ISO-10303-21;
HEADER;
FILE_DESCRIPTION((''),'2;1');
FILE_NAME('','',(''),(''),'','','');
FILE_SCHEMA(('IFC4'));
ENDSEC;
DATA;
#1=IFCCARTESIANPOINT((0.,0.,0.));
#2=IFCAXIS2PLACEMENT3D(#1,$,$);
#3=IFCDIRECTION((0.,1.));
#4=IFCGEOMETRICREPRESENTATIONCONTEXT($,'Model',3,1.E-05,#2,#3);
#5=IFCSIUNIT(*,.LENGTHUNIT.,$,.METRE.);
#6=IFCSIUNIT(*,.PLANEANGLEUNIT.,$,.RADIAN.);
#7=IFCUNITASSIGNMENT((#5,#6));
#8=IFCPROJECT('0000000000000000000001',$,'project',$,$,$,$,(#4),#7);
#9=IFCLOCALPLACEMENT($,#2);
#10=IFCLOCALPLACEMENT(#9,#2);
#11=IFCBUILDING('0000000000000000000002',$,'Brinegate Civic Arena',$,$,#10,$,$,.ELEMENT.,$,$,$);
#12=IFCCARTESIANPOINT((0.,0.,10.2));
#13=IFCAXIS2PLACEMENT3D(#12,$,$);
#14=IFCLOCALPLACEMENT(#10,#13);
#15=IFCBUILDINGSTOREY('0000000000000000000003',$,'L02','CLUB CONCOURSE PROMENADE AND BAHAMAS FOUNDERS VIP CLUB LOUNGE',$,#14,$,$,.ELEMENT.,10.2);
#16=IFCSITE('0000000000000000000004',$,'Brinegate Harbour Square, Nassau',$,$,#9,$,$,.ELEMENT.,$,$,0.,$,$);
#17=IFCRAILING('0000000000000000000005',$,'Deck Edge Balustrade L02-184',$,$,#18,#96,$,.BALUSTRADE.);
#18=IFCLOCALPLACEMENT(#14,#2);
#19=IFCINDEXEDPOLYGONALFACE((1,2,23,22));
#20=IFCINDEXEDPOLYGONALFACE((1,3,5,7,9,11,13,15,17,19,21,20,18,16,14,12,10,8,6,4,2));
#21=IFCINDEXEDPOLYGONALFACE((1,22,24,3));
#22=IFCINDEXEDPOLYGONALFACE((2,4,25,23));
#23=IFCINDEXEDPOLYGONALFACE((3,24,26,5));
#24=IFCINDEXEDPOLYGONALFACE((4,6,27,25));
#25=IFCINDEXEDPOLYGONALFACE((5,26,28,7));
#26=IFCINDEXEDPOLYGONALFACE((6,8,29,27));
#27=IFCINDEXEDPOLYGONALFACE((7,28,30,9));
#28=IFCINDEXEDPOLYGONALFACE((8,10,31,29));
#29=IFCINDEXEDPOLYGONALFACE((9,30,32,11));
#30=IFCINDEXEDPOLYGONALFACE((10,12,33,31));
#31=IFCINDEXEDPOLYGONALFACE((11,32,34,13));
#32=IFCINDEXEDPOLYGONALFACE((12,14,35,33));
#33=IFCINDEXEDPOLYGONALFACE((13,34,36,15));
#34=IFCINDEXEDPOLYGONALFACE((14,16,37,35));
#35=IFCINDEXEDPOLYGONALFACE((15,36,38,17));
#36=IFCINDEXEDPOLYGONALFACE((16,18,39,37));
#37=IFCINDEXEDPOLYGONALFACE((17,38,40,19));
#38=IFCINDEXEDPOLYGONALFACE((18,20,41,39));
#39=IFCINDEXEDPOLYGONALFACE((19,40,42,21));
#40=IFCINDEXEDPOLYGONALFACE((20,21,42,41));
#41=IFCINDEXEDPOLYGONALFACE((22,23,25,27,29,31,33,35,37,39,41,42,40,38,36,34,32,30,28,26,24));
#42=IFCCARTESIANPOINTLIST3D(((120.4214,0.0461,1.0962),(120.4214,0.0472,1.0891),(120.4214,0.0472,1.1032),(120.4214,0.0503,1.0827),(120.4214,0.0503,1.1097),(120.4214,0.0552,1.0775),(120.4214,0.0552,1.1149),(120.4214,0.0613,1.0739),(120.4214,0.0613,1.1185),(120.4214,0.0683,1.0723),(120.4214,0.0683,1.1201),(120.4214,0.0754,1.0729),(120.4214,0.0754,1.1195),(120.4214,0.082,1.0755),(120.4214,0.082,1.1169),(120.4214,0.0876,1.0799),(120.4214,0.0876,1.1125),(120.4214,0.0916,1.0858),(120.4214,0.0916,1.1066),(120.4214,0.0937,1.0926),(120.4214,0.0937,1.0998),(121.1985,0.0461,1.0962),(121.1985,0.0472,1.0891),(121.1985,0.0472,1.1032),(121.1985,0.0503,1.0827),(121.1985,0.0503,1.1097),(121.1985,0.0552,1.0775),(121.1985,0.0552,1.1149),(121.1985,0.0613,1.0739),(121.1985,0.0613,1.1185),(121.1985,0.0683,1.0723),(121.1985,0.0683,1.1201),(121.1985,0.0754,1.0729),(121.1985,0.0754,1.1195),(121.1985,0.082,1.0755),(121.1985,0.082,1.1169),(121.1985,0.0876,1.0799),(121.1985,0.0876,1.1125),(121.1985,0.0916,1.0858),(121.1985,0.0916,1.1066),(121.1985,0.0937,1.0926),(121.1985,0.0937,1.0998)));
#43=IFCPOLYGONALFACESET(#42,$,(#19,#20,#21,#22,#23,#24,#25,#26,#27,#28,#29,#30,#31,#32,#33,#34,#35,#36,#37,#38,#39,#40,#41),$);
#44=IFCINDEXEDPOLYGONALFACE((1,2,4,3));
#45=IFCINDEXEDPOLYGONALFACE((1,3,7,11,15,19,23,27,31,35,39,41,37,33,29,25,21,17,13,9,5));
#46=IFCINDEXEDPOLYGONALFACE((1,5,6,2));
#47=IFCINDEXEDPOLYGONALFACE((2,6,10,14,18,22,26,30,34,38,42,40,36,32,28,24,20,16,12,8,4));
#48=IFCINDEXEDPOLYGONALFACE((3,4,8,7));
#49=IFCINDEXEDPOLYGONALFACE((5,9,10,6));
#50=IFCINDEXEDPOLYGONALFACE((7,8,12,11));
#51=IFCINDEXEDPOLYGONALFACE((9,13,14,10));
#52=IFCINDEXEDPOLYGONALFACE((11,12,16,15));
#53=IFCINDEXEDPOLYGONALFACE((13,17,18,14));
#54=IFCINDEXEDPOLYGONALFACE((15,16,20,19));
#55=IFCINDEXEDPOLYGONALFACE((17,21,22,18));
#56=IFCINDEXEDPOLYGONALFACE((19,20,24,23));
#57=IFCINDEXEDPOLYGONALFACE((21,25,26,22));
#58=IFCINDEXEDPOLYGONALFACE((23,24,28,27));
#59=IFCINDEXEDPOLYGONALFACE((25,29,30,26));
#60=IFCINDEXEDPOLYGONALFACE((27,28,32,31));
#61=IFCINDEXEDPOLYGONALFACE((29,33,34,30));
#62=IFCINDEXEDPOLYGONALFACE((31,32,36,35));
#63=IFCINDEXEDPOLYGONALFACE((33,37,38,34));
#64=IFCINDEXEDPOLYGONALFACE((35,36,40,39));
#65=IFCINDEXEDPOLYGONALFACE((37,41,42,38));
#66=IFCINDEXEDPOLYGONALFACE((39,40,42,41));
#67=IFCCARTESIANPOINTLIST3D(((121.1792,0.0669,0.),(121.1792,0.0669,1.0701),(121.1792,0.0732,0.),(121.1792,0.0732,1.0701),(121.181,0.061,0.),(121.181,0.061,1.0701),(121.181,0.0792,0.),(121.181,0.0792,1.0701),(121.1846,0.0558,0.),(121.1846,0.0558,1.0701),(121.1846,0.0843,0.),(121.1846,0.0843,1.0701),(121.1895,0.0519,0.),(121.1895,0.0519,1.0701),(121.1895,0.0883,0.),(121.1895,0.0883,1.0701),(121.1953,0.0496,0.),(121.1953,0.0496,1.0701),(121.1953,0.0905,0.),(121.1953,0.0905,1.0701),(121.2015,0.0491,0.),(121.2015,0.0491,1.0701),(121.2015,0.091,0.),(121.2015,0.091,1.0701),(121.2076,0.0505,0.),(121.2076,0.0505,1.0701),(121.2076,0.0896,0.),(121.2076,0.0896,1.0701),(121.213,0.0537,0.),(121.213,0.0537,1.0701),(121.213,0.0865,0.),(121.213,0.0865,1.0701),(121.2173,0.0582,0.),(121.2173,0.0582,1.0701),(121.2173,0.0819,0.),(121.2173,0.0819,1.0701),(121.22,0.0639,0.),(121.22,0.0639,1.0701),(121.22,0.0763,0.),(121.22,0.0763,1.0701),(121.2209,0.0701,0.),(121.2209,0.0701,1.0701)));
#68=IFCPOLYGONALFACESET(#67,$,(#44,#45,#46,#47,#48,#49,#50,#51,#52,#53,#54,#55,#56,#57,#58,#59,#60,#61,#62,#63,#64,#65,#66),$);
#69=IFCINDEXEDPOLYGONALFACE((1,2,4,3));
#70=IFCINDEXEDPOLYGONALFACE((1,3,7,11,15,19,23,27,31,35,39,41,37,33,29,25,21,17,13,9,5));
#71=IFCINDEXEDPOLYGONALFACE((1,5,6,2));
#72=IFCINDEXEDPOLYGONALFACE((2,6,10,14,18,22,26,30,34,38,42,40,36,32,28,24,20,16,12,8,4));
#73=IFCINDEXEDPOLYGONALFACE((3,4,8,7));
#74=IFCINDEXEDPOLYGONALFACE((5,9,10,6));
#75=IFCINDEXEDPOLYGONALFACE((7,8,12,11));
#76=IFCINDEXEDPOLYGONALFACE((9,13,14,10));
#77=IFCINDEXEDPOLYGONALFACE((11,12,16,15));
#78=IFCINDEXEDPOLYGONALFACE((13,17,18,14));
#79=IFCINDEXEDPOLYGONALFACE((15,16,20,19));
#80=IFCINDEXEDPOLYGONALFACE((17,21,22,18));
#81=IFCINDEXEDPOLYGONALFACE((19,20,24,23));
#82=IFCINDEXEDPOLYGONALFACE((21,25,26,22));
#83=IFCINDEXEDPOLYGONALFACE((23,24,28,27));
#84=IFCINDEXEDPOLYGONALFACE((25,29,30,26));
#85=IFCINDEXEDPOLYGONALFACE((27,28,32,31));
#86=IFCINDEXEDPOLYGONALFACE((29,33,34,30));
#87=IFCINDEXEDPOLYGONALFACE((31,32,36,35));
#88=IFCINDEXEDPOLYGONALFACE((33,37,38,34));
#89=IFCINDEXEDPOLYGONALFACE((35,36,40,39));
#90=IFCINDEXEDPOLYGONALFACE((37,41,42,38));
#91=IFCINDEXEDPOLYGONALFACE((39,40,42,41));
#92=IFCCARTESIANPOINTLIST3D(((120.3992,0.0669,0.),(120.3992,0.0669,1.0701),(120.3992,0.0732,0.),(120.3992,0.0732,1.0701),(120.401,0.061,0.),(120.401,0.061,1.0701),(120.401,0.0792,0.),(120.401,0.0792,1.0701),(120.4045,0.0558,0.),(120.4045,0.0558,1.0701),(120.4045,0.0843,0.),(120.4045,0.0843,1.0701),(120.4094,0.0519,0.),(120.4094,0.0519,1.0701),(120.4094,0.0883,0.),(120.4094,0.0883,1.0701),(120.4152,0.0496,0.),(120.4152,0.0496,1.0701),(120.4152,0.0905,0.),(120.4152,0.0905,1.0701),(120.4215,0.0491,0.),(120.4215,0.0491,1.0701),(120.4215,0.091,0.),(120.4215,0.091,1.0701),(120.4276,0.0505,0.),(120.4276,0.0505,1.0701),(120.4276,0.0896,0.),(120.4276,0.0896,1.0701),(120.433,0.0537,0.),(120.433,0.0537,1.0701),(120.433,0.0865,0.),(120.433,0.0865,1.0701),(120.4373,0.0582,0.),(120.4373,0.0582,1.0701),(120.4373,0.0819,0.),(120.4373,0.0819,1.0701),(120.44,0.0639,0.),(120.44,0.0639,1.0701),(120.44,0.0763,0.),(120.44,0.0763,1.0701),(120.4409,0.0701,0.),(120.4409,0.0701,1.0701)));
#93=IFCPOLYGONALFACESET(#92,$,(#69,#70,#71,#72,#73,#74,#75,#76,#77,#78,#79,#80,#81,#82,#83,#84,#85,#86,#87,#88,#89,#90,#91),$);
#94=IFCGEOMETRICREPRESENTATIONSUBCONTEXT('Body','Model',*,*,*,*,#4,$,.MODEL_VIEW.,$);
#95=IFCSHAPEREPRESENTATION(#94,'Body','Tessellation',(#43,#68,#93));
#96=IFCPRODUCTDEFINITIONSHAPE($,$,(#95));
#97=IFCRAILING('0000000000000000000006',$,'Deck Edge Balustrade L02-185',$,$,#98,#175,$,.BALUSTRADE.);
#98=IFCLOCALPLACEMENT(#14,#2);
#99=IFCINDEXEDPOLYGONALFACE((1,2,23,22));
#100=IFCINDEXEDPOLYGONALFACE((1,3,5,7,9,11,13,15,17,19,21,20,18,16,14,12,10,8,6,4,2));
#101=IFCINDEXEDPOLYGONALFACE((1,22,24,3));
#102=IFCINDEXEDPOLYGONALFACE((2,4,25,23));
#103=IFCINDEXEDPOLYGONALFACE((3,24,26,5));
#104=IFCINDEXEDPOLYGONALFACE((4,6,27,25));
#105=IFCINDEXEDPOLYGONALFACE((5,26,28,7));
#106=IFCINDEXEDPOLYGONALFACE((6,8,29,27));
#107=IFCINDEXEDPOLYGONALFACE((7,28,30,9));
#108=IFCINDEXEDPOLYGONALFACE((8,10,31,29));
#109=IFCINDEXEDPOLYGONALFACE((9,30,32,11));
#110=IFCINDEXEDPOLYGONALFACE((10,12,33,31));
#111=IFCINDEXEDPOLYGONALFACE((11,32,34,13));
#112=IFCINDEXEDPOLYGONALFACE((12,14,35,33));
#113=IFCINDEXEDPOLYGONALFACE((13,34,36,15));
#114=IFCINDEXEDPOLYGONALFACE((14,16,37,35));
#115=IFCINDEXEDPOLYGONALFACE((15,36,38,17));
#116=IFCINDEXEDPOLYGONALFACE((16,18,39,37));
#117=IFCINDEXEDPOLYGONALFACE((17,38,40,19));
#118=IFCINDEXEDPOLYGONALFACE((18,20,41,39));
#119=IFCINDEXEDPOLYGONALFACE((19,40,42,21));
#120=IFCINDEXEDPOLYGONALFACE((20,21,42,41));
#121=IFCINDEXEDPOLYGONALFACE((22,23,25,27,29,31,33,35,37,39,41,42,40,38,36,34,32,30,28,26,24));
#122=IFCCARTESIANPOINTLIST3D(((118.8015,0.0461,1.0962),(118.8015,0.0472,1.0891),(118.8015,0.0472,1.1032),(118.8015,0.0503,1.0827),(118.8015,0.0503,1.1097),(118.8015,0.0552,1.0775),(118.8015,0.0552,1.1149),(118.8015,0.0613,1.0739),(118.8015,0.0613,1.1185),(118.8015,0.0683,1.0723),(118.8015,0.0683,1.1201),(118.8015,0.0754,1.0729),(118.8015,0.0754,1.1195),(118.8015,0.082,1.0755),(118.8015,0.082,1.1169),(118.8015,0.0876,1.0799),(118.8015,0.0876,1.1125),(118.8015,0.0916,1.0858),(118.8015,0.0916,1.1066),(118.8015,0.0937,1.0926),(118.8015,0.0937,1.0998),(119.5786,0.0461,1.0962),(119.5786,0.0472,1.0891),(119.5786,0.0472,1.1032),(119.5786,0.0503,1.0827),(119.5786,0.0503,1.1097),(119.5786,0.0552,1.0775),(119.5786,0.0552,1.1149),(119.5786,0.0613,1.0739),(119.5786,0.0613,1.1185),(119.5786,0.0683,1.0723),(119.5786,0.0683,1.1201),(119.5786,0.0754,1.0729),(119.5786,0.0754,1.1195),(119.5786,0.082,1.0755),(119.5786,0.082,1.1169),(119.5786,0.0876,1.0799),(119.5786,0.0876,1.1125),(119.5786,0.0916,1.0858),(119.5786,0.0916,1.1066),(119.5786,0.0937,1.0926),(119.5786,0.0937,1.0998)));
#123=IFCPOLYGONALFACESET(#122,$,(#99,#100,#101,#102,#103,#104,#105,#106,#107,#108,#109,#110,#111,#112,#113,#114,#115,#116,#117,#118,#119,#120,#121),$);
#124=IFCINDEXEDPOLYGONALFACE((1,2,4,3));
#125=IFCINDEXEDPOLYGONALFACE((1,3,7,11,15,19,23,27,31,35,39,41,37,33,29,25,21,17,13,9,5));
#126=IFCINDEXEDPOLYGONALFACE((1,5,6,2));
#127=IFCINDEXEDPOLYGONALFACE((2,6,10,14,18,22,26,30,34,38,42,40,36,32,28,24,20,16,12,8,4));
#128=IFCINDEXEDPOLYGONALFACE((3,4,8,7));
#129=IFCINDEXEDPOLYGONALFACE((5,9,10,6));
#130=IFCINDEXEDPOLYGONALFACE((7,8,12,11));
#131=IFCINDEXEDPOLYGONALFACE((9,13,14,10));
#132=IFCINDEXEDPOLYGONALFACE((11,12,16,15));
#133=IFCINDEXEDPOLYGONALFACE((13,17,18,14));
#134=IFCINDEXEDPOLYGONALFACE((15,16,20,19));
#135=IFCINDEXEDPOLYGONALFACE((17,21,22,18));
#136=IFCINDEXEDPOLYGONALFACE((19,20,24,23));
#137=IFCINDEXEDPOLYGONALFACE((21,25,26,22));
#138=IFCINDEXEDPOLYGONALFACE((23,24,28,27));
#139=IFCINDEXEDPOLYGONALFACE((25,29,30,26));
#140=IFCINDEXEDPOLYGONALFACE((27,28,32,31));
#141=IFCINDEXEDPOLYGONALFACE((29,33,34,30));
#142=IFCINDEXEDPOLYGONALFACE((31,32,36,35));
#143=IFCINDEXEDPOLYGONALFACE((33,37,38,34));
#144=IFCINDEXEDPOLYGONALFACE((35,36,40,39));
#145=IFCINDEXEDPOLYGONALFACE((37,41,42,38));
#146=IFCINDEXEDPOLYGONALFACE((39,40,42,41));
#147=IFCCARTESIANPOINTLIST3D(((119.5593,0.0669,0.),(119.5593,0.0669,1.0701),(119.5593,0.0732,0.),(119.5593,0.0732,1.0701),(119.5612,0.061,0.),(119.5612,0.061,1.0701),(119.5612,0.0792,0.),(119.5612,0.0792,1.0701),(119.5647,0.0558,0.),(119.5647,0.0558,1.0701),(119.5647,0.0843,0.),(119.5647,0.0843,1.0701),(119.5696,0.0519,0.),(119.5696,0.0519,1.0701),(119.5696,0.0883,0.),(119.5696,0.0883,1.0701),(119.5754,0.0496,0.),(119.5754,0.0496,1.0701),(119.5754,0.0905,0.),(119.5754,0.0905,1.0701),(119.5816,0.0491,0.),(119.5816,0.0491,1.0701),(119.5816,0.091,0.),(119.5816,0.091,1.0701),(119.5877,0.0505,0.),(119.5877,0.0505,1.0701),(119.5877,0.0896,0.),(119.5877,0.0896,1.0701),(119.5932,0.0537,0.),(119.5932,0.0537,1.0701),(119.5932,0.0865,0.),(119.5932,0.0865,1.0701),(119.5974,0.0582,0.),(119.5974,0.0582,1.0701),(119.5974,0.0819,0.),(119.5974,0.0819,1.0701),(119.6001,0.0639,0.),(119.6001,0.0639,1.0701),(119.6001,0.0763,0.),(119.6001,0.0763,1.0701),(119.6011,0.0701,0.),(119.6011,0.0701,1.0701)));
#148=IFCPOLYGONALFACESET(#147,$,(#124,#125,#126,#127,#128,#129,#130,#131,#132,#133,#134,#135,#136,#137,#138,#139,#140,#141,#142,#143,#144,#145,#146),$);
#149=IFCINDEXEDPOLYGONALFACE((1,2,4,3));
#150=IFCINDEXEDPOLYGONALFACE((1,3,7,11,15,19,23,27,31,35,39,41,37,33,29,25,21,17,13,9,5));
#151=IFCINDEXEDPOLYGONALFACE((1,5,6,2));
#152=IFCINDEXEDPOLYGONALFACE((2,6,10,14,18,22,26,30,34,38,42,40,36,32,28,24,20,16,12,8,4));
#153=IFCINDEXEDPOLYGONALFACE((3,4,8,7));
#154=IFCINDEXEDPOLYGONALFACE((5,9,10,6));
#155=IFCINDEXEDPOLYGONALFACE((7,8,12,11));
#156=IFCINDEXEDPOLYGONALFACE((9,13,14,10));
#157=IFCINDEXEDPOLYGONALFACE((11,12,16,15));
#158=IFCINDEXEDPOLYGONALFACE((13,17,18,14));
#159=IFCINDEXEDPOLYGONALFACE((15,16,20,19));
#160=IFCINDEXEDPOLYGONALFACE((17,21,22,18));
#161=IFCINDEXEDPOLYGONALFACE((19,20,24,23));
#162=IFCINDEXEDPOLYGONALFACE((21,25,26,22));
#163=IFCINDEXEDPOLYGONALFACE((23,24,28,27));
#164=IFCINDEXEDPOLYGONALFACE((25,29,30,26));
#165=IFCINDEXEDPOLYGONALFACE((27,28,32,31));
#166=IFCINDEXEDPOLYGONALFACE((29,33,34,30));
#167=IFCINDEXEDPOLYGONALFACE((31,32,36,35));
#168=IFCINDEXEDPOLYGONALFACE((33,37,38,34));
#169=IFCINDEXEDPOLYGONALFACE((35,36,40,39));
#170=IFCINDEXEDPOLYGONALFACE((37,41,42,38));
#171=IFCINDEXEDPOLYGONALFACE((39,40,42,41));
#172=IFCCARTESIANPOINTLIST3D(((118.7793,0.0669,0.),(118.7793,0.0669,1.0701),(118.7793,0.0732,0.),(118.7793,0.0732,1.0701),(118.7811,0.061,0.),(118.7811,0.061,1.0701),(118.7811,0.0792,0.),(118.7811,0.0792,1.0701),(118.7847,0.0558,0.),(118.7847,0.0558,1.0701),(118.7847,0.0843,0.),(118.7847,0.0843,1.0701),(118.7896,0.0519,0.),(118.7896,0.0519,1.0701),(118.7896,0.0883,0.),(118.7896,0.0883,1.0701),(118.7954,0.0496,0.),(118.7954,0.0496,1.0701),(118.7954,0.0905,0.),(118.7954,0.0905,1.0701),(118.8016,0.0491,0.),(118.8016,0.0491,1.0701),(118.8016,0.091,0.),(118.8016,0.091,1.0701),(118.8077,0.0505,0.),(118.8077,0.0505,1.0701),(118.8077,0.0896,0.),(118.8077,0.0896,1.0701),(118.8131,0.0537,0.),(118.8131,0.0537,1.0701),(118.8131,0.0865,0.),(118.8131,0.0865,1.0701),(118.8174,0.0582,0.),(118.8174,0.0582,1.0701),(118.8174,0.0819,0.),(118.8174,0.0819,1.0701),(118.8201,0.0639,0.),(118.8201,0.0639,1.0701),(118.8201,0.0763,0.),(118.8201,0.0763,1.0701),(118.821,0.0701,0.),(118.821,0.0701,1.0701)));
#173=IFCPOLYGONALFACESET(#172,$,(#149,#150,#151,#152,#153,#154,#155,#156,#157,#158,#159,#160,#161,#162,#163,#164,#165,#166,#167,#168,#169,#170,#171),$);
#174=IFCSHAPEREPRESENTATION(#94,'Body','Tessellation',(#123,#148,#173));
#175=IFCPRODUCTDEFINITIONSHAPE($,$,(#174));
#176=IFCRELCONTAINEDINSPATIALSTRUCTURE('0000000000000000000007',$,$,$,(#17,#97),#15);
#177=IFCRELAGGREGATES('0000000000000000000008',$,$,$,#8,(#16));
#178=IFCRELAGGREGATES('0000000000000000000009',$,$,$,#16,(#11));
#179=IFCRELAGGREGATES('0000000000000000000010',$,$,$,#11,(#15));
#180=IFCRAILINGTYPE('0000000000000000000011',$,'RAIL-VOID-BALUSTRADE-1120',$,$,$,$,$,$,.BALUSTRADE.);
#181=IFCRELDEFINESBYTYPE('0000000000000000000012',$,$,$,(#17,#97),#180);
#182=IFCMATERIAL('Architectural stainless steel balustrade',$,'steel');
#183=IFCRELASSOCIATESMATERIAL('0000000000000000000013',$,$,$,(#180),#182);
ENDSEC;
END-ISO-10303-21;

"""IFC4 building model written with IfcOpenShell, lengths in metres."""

from ifc_helpers import new_model, si_unit, direction, frame, origin, origin_2d, place, context, subcontext, project, spatial, circle, extrude, material, type_object, element, save


model = new_model("IFC4")

# Units and contexts
model_context = context("Model", 3, precision=1e-05, world=origin(), true_north=direction((0.0, 1.0)))
body_context = subcontext(model_context, "Body", "Model", "MODEL_VIEW")
ifc_project = project(units=[si_unit("LENGTHUNIT", "METRE"), si_unit("PLANEANGLEUNIT", "RADIAN")], contexts=[model_context])

# Site, building, storey
site_placement = place(None, origin())
site = spatial("IfcSite", under=ifc_project, at=site_placement, Name="Brinegate Harbour Square, Nassau", CompositionType="ELEMENT", RefElevation=0.0)
building_placement = place(site_placement, origin())
building = spatial("IfcBuilding", under=site, at=building_placement, Name="Brinegate Civic Arena", CompositionType="ELEMENT")
storey_placement = place(building_placement, frame((0.0, 0.0, 10.2)))
storey = spatial("IfcBuildingStorey", under=building, at=storey_placement, Name="L02", Description="CLUB CONCOURSE PROMENADE AND BAHAMAS FOUNDERS VIP CLUB LOUNGE", CompositionType="ELEMENT", Elevation=10.2)

# Railings
ifc_material_1 = material(Name="Architectural stainless steel balustrade", Category="steel")
railing_type_1 = type_object("IfcRailingType", Name="RAIL-VOID-BALUSTRADE-1120", PredefinedType="BALUSTRADE", material=ifc_material_1)
for number, where, name in (
    (1, (121.2, 0.0701, 0.0), "Deck Edge Balustrade L02-184"),
    (2, (119.5801, 0.0701, 0.0), "Deck Edge Balustrade L02-185"),
):
    element("IfcRailing", number, at=place(storey_placement, frame(where)), inside=storey, type_object=railing_type_1, Name=name, PredefinedType="BALUSTRADE", context=body_context, shape_type="SweptSolid", body=[
        extrude(circle(Radius=0.0239, at=origin_2d()), frame((-0.0015, 0.0, 1.0962), z_axis=(-1.0, 0.0, 0.0), x_axis=(0.0, -1.0, 0.0)), (0.0, 0.0, 1.0), 0.7771),
        extrude(circle(Radius=0.021, at=origin_2d()), origin(), (0.0, 0.0, 1.0), 1.0701),
        extrude(circle(Radius=0.021, at=origin_2d()), frame((-0.78, 0.0, 0.0)), (0.0, 0.0, 1.0), 1.0701),
    ])

save(model, "model.ifc")
